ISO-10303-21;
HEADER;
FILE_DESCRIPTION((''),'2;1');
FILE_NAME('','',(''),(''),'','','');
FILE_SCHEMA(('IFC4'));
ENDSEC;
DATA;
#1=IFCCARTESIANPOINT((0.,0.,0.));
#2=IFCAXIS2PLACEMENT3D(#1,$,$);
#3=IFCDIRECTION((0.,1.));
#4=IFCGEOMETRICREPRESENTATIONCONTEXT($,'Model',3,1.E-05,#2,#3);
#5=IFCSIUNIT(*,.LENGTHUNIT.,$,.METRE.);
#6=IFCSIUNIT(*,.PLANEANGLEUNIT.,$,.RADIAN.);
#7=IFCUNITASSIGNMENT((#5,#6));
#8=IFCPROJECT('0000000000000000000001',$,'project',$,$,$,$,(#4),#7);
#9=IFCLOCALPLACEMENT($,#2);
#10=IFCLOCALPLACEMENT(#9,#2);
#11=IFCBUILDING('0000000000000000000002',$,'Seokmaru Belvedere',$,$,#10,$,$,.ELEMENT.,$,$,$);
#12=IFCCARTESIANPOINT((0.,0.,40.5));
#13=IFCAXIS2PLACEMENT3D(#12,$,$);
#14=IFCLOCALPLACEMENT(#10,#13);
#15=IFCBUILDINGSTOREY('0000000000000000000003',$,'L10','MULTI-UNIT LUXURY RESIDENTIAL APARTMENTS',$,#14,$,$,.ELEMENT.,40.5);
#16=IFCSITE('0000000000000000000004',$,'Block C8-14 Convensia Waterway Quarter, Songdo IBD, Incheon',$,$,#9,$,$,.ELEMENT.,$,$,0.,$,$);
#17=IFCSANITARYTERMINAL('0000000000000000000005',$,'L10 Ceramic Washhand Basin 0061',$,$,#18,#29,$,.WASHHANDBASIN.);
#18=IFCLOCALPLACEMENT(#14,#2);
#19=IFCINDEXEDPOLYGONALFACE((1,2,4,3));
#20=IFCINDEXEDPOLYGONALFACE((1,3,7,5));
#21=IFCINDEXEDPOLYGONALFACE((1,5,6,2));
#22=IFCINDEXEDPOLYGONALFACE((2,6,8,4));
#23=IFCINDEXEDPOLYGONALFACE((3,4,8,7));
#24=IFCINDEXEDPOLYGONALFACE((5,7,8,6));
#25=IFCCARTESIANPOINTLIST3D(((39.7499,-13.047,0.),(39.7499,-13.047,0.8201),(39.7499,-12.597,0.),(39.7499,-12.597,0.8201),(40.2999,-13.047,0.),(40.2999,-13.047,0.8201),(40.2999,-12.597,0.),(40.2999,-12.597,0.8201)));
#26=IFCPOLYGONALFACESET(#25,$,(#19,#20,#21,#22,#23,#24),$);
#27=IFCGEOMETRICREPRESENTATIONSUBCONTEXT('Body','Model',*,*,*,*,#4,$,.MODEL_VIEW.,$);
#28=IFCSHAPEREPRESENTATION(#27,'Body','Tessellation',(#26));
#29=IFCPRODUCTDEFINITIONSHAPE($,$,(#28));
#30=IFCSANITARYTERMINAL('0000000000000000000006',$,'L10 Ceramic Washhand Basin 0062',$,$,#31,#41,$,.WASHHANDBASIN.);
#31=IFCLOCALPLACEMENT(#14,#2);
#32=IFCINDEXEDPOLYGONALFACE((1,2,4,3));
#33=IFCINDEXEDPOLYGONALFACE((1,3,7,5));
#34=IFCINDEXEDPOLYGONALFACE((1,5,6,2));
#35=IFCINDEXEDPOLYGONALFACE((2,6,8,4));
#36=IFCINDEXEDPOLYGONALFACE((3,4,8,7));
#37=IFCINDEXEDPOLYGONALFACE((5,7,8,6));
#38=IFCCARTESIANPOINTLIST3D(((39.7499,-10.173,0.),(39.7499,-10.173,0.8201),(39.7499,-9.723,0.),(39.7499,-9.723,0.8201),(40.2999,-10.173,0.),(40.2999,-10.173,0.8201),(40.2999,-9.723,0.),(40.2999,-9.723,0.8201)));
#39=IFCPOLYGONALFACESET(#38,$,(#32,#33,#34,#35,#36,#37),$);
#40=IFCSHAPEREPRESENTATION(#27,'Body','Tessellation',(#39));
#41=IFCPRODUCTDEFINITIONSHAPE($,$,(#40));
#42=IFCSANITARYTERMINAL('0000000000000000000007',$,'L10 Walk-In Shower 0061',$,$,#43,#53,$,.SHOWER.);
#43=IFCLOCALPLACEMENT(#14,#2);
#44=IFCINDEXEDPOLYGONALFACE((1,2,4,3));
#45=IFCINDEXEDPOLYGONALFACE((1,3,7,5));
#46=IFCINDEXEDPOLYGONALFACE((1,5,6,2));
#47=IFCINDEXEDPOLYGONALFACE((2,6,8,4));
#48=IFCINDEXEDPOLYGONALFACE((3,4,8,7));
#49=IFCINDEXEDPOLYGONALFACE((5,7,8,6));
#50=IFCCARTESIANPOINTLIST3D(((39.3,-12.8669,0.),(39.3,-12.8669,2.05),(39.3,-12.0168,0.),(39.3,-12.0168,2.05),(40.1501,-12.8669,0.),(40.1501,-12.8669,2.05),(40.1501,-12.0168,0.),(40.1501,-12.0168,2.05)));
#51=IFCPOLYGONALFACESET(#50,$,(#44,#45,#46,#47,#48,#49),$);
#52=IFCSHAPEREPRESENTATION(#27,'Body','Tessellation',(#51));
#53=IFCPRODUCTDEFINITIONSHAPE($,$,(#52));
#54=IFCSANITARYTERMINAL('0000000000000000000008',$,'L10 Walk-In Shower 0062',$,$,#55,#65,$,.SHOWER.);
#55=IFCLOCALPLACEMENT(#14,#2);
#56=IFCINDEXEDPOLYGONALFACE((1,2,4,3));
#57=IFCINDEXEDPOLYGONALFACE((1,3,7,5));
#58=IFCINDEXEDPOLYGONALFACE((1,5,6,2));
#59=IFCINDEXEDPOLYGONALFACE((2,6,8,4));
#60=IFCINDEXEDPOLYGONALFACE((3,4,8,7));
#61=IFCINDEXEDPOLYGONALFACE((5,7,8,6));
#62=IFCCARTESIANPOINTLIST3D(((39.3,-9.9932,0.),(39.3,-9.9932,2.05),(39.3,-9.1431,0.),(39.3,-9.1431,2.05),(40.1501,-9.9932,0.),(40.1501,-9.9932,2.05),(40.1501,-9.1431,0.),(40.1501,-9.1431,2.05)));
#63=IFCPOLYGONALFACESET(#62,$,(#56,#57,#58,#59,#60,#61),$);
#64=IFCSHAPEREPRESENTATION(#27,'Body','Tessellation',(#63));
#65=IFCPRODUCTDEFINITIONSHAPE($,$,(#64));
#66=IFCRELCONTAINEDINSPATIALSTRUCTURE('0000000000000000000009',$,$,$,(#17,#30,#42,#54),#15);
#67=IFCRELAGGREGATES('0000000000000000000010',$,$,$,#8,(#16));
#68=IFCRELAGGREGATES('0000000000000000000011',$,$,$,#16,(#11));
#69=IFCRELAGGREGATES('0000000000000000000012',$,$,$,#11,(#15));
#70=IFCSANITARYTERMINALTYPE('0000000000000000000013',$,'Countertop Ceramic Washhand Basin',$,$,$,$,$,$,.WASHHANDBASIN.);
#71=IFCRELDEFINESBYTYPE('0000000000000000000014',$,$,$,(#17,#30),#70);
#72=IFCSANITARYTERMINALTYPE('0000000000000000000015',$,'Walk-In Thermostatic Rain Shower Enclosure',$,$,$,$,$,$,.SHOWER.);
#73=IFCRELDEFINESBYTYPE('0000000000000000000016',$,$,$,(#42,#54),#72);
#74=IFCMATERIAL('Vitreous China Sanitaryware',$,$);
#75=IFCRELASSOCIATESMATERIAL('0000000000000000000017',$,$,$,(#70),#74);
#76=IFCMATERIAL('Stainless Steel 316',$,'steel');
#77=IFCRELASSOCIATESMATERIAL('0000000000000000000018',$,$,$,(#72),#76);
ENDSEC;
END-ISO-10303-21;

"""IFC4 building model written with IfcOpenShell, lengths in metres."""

from ifc_helpers import new_model, si_unit, direction, frame, origin, origin_2d, place, context, subcontext, project, spatial, rectangle, extrude, source, transform, mapped, material, type_object, type_shapes, element, save


model = new_model("IFC4")

# Units and contexts
model_context = context("Model", 3, precision=1e-05, world=origin(), true_north=direction((0.0, 1.0)))
body_context = subcontext(model_context, "Body", "Model", "MODEL_VIEW")
ifc_project = project(units=[si_unit("LENGTHUNIT", "METRE"), si_unit("PLANEANGLEUNIT", "RADIAN")], contexts=[model_context])

# Site, building, storey
site_placement = place(None, origin())
site = spatial("IfcSite", under=ifc_project, at=site_placement, Name="Block C8-14 Convensia Waterway Quarter, Songdo IBD, Incheon", CompositionType="ELEMENT", RefElevation=0.0)
building_placement = place(site_placement, origin())
building = spatial("IfcBuilding", under=site, at=building_placement, Name="Seokmaru Belvedere", CompositionType="ELEMENT")
storey_placement = place(building_placement, frame((0.0, 0.0, 40.5)))
storey = spatial("IfcBuildingStorey", under=building, at=storey_placement, Name="L10", Description="MULTI-UNIT LUXURY RESIDENTIAL APARTMENTS", CompositionType="ELEMENT", Elevation=40.5)

# Sanitary terminals
ifc_material_1 = material(Name="Vitreous China Sanitaryware")
sanitary_terminal_type_1 = type_object("IfcSanitaryTerminalType", Name="Countertop Ceramic Washhand Basin", PredefinedType="WASHHANDBASIN", material=ifc_material_1)
shared_shape_1 = source(origin(), body_context, "Body", "SweptSolid", [
    extrude(rectangle(XDim=0.55, YDim=0.45, at=origin_2d()), origin(), (0.0, 0.0, 1.0), 0.8201),
])
type_shapes(sanitary_terminal_type_1, [shared_shape_1])
for number, where, z_axis, x_axis, name in (
    (1, (40.0249, -12.822, 0.0), (0.0, 0.0, 1.0), (1.0, 0.0, 0.0), "L10 Ceramic Washhand Basin 0061"),
    (2, (40.0249, -9.948, 0.0), (0.0, 0.0, 1.0), (1.0, 0.0, 0.0), "L10 Ceramic Washhand Basin 0062"),
):
    element("IfcSanitaryTerminal", number, at=place(storey_placement, frame(where, z_axis=z_axis, x_axis=x_axis)), inside=storey, type_object=sanitary_terminal_type_1, Name=name, PredefinedType="WASHHANDBASIN", context=body_context, shape_type="MappedRepresentation", body=[
        mapped(shared_shape_1, transform((0.0, 0.0, 0.0), scale=1.0)),
    ])
ifc_material_2 = material(Name="Stainless Steel 316", Category="steel")
sanitary_terminal_type_2 = type_object("IfcSanitaryTerminalType", Name="Walk-In Thermostatic Rain Shower Enclosure", PredefinedType="SHOWER", material=ifc_material_2)
shared_shape_2 = source(origin(), body_context, "Body", "SweptSolid", [
    extrude(rectangle(XDim=0.8501, YDim=0.8501, at=origin_2d()), origin(), (0.0, 0.0, 1.0), 2.05),
])
type_shapes(sanitary_terminal_type_2, [shared_shape_2])
for number, where, z_axis, x_axis, name in (
    (3, (39.7251, -12.4419, 0.0), (0.0, 0.0, 1.0), (1.0, 0.0, 0.0), "L10 Walk-In Shower 0061"),
    (4, (39.7251, -9.5681, 0.0), (0.0, 0.0, 1.0), (1.0, 0.0, 0.0), "L10 Walk-In Shower 0062"),
):
    element("IfcSanitaryTerminal", number, at=place(storey_placement, frame(where, z_axis=z_axis, x_axis=x_axis)), inside=storey, type_object=sanitary_terminal_type_2, Name=name, PredefinedType="SHOWER", context=body_context, shape_type="MappedRepresentation", body=[
        mapped(shared_shape_2, transform((0.0, 0.0, 0.0), scale=1.0)),
    ])

save(model, "model.ifc")
